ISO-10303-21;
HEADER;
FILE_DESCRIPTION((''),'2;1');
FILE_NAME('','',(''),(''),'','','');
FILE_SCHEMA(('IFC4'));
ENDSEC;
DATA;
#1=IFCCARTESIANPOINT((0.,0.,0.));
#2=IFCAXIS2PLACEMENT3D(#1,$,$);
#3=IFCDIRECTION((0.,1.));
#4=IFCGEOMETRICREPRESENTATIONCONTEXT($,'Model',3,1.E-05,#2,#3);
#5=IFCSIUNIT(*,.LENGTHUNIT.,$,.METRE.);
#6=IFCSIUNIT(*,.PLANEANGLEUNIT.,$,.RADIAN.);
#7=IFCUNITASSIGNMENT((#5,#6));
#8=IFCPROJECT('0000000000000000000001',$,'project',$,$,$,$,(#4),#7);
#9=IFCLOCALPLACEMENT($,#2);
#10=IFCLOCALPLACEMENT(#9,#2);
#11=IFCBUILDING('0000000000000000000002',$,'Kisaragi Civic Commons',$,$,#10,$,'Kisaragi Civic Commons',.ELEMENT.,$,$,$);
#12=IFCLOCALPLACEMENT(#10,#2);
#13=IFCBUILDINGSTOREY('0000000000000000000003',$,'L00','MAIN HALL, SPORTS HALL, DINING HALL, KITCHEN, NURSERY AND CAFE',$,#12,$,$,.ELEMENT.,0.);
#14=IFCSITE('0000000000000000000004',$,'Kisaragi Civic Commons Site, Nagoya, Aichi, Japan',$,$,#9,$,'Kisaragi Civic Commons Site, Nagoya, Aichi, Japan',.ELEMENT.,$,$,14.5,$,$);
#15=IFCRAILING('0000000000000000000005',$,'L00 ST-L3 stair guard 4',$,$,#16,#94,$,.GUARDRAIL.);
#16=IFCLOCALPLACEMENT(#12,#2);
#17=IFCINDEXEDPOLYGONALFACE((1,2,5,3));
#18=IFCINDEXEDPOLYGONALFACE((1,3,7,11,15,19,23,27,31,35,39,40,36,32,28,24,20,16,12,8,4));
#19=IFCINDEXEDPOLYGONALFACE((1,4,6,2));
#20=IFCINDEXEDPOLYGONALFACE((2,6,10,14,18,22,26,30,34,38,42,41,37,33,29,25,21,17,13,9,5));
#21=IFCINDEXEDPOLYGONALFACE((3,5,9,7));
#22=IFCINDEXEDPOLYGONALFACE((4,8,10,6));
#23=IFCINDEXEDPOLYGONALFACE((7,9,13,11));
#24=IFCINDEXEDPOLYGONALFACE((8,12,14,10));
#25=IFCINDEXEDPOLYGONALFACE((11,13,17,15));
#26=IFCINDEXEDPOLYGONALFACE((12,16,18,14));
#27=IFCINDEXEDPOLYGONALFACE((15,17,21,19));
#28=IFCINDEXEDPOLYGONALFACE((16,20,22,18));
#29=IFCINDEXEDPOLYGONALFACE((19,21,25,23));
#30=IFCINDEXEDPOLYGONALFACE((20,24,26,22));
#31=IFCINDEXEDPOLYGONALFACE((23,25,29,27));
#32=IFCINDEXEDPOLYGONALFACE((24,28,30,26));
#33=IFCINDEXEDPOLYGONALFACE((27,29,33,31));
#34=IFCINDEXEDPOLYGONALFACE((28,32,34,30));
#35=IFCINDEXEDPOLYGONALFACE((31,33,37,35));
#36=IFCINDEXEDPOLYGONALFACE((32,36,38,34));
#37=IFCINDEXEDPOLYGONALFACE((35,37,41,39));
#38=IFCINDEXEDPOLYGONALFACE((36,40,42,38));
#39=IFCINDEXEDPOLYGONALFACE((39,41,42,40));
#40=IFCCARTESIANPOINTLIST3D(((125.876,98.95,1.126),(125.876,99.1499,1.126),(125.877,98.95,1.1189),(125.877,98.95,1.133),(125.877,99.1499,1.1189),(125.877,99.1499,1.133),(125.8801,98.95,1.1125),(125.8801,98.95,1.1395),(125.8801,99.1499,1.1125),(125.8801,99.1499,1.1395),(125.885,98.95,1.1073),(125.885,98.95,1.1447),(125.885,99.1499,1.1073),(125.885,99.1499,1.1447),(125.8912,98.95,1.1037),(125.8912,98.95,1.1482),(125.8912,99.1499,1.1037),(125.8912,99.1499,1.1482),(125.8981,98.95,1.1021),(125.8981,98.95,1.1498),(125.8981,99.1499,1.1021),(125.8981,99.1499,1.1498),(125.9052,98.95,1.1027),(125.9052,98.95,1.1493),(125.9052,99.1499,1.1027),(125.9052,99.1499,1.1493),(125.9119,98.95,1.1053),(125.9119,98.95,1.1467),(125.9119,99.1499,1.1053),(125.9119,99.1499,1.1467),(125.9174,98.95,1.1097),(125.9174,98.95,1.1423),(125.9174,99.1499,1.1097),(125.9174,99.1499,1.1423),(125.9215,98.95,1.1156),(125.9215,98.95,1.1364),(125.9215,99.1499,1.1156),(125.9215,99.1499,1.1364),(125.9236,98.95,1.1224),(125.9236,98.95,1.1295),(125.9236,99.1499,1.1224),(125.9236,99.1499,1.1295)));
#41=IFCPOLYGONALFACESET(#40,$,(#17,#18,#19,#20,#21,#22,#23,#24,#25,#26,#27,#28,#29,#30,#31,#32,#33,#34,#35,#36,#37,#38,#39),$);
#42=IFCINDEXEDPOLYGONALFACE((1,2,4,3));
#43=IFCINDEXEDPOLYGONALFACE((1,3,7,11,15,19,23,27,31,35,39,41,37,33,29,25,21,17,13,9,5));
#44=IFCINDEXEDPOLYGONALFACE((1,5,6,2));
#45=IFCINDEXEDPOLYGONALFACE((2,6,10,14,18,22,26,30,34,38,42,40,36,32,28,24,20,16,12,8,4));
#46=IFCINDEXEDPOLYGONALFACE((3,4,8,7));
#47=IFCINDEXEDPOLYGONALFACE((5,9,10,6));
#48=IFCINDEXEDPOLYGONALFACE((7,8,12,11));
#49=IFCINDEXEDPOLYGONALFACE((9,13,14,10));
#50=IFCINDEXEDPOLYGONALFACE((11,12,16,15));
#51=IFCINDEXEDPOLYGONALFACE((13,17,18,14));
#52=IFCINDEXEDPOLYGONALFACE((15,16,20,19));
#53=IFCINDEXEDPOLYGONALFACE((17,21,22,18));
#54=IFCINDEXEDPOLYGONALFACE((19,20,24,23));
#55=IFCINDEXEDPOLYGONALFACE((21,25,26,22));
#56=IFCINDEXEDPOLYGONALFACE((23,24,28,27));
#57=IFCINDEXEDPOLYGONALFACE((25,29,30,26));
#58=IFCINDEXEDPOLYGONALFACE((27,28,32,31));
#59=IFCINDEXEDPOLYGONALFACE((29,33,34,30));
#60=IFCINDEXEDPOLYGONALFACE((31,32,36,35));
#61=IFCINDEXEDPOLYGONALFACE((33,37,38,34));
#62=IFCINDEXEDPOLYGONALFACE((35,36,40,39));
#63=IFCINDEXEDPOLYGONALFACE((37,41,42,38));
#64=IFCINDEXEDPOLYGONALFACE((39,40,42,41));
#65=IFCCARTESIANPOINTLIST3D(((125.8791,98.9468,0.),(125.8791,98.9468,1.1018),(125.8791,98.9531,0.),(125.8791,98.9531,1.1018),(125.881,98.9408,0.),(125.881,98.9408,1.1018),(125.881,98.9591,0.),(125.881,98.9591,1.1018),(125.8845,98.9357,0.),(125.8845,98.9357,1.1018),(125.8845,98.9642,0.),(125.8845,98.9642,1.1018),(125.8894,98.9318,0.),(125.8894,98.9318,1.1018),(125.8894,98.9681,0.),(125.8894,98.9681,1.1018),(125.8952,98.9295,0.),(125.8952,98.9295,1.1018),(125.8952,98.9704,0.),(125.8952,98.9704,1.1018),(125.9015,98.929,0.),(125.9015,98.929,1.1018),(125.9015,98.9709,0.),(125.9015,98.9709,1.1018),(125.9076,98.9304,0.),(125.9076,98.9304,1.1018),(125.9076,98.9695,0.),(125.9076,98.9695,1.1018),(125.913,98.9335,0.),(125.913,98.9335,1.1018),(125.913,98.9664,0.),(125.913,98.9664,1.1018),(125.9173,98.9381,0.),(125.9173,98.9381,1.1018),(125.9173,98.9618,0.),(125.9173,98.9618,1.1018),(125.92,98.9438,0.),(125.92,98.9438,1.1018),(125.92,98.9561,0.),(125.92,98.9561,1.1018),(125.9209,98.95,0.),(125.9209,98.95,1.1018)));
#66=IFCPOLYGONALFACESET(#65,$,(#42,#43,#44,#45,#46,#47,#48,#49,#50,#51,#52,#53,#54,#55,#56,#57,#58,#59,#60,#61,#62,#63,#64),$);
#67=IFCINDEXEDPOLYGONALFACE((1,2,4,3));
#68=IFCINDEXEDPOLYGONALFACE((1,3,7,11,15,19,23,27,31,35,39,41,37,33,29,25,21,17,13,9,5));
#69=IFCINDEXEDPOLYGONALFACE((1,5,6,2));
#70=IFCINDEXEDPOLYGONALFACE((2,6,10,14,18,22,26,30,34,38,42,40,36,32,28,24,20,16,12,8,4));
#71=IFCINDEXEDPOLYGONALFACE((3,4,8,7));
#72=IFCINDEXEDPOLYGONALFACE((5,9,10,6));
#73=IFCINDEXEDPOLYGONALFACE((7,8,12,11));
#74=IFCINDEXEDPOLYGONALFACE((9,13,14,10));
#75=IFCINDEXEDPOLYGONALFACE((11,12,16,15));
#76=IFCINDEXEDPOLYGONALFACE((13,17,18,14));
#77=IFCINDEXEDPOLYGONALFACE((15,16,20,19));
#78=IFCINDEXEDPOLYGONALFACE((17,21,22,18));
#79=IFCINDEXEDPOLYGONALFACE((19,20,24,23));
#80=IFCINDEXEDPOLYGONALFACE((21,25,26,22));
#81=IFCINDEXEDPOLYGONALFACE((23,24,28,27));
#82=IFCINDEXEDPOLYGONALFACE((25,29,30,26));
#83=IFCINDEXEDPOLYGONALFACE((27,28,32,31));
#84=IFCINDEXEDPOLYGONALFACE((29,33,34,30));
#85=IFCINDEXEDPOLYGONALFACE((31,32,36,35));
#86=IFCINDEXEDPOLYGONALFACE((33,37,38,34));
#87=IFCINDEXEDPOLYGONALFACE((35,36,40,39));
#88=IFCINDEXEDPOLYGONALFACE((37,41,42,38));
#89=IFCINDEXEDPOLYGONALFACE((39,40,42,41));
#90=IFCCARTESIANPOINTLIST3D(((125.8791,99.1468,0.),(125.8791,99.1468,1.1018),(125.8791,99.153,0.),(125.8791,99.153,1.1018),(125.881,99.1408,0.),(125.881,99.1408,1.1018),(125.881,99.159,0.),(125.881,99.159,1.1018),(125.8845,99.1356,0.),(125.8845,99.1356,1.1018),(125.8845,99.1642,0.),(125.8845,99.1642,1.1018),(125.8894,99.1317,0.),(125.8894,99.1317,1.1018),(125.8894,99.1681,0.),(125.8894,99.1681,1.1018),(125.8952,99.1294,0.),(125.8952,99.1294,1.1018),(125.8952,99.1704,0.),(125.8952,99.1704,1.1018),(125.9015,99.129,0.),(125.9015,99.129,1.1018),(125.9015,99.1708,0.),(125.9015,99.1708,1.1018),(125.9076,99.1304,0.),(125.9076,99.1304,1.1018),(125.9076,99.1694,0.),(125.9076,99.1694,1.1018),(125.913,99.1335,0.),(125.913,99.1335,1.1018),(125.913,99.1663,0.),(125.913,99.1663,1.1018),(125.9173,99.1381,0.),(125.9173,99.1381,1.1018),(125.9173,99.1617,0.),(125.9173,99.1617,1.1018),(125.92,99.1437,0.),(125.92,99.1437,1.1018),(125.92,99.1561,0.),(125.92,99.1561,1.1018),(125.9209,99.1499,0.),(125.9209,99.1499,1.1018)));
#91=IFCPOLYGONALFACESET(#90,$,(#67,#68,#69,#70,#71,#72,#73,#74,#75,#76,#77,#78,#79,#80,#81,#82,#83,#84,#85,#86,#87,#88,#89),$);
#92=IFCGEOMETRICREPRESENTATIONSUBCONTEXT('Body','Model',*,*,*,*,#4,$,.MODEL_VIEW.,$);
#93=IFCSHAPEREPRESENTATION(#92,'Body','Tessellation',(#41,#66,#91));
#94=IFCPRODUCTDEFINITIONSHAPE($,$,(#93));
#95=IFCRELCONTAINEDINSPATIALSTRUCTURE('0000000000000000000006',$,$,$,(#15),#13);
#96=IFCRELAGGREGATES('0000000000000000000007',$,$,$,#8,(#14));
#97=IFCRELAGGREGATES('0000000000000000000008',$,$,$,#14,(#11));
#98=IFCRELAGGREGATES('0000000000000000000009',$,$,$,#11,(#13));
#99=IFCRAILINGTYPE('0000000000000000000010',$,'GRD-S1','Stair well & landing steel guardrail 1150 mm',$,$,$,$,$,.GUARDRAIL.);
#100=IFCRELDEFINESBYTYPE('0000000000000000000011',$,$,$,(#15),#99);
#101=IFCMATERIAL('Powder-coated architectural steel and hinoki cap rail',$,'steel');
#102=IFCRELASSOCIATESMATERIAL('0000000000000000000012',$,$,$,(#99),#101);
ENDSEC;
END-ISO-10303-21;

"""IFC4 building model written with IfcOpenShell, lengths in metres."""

from ifc_helpers import new_model, si_unit, direction, frame, origin, origin_2d, place, context, subcontext, project, spatial, circle, extrude, material, type_object, element, save


model = new_model("IFC4")

# Units and contexts
model_context = context("Model", 3, precision=1e-05, world=origin(), true_north=direction((0.0, 1.0)))
body_context = subcontext(model_context, "Body", "Model", "MODEL_VIEW")
ifc_project = project(units=[si_unit("LENGTHUNIT", "METRE"), si_unit("PLANEANGLEUNIT", "RADIAN")], contexts=[model_context])

# Site, building, storey
site_placement = place(None, origin())
site = spatial("IfcSite", under=ifc_project, at=site_placement, Name="Kisaragi Civic Commons Site, Nagoya, Aichi, Japan", LongName="Kisaragi Civic Commons Site, Nagoya, Aichi, Japan", CompositionType="ELEMENT", RefElevation=14.5)
building_placement = place(site_placement, origin())
building = spatial("IfcBuilding", under=site, at=building_placement, Name="Kisaragi Civic Commons", LongName="Kisaragi Civic Commons", CompositionType="ELEMENT")
storey_placement = place(building_placement, origin())
storey = spatial("IfcBuildingStorey", under=building, at=storey_placement, Name="L00", Description="MAIN HALL, SPORTS HALL, DINING HALL, KITCHEN, NURSERY AND CAFE", CompositionType="ELEMENT", Elevation=0.0)

# Railing
ifc_material_1 = material(Name="Powder-coated architectural steel and hinoki cap rail", Category="steel")
railing_type_1 = type_object("IfcRailingType", Name="GRD-S1", Description="Stair well & landing steel guardrail 1150 mm", PredefinedType="GUARDRAIL", material=ifc_material_1)
railing_1_placement = place(storey_placement, frame((125.8999, 98.95, 0.0)))
element("IfcRailing", 1, at=railing_1_placement, inside=storey, type_object=railing_type_1, Name="L00 ST-L3 stair guard 4", PredefinedType="GUARDRAIL", context=body_context, shape_type="SweptSolid", body=[
    extrude(circle(Radius=0.0239, at=origin_2d()), frame((0.0, 0.0, 1.126), z_axis=(0.0, 1.0, 0.0), x_axis=(-1.0, 0.0, 0.0)), (0.0, 0.0, 1.0), 0.2),
    extrude(circle(Radius=0.021, at=origin_2d()), origin(), (0.0, 0.0, 1.0), 1.1018),
    extrude(circle(Radius=0.021, at=origin_2d()), frame((0.0, 0.2, 0.0)), (0.0, 0.0, 1.0), 1.1018),
])

save(model, "model.ifc")
